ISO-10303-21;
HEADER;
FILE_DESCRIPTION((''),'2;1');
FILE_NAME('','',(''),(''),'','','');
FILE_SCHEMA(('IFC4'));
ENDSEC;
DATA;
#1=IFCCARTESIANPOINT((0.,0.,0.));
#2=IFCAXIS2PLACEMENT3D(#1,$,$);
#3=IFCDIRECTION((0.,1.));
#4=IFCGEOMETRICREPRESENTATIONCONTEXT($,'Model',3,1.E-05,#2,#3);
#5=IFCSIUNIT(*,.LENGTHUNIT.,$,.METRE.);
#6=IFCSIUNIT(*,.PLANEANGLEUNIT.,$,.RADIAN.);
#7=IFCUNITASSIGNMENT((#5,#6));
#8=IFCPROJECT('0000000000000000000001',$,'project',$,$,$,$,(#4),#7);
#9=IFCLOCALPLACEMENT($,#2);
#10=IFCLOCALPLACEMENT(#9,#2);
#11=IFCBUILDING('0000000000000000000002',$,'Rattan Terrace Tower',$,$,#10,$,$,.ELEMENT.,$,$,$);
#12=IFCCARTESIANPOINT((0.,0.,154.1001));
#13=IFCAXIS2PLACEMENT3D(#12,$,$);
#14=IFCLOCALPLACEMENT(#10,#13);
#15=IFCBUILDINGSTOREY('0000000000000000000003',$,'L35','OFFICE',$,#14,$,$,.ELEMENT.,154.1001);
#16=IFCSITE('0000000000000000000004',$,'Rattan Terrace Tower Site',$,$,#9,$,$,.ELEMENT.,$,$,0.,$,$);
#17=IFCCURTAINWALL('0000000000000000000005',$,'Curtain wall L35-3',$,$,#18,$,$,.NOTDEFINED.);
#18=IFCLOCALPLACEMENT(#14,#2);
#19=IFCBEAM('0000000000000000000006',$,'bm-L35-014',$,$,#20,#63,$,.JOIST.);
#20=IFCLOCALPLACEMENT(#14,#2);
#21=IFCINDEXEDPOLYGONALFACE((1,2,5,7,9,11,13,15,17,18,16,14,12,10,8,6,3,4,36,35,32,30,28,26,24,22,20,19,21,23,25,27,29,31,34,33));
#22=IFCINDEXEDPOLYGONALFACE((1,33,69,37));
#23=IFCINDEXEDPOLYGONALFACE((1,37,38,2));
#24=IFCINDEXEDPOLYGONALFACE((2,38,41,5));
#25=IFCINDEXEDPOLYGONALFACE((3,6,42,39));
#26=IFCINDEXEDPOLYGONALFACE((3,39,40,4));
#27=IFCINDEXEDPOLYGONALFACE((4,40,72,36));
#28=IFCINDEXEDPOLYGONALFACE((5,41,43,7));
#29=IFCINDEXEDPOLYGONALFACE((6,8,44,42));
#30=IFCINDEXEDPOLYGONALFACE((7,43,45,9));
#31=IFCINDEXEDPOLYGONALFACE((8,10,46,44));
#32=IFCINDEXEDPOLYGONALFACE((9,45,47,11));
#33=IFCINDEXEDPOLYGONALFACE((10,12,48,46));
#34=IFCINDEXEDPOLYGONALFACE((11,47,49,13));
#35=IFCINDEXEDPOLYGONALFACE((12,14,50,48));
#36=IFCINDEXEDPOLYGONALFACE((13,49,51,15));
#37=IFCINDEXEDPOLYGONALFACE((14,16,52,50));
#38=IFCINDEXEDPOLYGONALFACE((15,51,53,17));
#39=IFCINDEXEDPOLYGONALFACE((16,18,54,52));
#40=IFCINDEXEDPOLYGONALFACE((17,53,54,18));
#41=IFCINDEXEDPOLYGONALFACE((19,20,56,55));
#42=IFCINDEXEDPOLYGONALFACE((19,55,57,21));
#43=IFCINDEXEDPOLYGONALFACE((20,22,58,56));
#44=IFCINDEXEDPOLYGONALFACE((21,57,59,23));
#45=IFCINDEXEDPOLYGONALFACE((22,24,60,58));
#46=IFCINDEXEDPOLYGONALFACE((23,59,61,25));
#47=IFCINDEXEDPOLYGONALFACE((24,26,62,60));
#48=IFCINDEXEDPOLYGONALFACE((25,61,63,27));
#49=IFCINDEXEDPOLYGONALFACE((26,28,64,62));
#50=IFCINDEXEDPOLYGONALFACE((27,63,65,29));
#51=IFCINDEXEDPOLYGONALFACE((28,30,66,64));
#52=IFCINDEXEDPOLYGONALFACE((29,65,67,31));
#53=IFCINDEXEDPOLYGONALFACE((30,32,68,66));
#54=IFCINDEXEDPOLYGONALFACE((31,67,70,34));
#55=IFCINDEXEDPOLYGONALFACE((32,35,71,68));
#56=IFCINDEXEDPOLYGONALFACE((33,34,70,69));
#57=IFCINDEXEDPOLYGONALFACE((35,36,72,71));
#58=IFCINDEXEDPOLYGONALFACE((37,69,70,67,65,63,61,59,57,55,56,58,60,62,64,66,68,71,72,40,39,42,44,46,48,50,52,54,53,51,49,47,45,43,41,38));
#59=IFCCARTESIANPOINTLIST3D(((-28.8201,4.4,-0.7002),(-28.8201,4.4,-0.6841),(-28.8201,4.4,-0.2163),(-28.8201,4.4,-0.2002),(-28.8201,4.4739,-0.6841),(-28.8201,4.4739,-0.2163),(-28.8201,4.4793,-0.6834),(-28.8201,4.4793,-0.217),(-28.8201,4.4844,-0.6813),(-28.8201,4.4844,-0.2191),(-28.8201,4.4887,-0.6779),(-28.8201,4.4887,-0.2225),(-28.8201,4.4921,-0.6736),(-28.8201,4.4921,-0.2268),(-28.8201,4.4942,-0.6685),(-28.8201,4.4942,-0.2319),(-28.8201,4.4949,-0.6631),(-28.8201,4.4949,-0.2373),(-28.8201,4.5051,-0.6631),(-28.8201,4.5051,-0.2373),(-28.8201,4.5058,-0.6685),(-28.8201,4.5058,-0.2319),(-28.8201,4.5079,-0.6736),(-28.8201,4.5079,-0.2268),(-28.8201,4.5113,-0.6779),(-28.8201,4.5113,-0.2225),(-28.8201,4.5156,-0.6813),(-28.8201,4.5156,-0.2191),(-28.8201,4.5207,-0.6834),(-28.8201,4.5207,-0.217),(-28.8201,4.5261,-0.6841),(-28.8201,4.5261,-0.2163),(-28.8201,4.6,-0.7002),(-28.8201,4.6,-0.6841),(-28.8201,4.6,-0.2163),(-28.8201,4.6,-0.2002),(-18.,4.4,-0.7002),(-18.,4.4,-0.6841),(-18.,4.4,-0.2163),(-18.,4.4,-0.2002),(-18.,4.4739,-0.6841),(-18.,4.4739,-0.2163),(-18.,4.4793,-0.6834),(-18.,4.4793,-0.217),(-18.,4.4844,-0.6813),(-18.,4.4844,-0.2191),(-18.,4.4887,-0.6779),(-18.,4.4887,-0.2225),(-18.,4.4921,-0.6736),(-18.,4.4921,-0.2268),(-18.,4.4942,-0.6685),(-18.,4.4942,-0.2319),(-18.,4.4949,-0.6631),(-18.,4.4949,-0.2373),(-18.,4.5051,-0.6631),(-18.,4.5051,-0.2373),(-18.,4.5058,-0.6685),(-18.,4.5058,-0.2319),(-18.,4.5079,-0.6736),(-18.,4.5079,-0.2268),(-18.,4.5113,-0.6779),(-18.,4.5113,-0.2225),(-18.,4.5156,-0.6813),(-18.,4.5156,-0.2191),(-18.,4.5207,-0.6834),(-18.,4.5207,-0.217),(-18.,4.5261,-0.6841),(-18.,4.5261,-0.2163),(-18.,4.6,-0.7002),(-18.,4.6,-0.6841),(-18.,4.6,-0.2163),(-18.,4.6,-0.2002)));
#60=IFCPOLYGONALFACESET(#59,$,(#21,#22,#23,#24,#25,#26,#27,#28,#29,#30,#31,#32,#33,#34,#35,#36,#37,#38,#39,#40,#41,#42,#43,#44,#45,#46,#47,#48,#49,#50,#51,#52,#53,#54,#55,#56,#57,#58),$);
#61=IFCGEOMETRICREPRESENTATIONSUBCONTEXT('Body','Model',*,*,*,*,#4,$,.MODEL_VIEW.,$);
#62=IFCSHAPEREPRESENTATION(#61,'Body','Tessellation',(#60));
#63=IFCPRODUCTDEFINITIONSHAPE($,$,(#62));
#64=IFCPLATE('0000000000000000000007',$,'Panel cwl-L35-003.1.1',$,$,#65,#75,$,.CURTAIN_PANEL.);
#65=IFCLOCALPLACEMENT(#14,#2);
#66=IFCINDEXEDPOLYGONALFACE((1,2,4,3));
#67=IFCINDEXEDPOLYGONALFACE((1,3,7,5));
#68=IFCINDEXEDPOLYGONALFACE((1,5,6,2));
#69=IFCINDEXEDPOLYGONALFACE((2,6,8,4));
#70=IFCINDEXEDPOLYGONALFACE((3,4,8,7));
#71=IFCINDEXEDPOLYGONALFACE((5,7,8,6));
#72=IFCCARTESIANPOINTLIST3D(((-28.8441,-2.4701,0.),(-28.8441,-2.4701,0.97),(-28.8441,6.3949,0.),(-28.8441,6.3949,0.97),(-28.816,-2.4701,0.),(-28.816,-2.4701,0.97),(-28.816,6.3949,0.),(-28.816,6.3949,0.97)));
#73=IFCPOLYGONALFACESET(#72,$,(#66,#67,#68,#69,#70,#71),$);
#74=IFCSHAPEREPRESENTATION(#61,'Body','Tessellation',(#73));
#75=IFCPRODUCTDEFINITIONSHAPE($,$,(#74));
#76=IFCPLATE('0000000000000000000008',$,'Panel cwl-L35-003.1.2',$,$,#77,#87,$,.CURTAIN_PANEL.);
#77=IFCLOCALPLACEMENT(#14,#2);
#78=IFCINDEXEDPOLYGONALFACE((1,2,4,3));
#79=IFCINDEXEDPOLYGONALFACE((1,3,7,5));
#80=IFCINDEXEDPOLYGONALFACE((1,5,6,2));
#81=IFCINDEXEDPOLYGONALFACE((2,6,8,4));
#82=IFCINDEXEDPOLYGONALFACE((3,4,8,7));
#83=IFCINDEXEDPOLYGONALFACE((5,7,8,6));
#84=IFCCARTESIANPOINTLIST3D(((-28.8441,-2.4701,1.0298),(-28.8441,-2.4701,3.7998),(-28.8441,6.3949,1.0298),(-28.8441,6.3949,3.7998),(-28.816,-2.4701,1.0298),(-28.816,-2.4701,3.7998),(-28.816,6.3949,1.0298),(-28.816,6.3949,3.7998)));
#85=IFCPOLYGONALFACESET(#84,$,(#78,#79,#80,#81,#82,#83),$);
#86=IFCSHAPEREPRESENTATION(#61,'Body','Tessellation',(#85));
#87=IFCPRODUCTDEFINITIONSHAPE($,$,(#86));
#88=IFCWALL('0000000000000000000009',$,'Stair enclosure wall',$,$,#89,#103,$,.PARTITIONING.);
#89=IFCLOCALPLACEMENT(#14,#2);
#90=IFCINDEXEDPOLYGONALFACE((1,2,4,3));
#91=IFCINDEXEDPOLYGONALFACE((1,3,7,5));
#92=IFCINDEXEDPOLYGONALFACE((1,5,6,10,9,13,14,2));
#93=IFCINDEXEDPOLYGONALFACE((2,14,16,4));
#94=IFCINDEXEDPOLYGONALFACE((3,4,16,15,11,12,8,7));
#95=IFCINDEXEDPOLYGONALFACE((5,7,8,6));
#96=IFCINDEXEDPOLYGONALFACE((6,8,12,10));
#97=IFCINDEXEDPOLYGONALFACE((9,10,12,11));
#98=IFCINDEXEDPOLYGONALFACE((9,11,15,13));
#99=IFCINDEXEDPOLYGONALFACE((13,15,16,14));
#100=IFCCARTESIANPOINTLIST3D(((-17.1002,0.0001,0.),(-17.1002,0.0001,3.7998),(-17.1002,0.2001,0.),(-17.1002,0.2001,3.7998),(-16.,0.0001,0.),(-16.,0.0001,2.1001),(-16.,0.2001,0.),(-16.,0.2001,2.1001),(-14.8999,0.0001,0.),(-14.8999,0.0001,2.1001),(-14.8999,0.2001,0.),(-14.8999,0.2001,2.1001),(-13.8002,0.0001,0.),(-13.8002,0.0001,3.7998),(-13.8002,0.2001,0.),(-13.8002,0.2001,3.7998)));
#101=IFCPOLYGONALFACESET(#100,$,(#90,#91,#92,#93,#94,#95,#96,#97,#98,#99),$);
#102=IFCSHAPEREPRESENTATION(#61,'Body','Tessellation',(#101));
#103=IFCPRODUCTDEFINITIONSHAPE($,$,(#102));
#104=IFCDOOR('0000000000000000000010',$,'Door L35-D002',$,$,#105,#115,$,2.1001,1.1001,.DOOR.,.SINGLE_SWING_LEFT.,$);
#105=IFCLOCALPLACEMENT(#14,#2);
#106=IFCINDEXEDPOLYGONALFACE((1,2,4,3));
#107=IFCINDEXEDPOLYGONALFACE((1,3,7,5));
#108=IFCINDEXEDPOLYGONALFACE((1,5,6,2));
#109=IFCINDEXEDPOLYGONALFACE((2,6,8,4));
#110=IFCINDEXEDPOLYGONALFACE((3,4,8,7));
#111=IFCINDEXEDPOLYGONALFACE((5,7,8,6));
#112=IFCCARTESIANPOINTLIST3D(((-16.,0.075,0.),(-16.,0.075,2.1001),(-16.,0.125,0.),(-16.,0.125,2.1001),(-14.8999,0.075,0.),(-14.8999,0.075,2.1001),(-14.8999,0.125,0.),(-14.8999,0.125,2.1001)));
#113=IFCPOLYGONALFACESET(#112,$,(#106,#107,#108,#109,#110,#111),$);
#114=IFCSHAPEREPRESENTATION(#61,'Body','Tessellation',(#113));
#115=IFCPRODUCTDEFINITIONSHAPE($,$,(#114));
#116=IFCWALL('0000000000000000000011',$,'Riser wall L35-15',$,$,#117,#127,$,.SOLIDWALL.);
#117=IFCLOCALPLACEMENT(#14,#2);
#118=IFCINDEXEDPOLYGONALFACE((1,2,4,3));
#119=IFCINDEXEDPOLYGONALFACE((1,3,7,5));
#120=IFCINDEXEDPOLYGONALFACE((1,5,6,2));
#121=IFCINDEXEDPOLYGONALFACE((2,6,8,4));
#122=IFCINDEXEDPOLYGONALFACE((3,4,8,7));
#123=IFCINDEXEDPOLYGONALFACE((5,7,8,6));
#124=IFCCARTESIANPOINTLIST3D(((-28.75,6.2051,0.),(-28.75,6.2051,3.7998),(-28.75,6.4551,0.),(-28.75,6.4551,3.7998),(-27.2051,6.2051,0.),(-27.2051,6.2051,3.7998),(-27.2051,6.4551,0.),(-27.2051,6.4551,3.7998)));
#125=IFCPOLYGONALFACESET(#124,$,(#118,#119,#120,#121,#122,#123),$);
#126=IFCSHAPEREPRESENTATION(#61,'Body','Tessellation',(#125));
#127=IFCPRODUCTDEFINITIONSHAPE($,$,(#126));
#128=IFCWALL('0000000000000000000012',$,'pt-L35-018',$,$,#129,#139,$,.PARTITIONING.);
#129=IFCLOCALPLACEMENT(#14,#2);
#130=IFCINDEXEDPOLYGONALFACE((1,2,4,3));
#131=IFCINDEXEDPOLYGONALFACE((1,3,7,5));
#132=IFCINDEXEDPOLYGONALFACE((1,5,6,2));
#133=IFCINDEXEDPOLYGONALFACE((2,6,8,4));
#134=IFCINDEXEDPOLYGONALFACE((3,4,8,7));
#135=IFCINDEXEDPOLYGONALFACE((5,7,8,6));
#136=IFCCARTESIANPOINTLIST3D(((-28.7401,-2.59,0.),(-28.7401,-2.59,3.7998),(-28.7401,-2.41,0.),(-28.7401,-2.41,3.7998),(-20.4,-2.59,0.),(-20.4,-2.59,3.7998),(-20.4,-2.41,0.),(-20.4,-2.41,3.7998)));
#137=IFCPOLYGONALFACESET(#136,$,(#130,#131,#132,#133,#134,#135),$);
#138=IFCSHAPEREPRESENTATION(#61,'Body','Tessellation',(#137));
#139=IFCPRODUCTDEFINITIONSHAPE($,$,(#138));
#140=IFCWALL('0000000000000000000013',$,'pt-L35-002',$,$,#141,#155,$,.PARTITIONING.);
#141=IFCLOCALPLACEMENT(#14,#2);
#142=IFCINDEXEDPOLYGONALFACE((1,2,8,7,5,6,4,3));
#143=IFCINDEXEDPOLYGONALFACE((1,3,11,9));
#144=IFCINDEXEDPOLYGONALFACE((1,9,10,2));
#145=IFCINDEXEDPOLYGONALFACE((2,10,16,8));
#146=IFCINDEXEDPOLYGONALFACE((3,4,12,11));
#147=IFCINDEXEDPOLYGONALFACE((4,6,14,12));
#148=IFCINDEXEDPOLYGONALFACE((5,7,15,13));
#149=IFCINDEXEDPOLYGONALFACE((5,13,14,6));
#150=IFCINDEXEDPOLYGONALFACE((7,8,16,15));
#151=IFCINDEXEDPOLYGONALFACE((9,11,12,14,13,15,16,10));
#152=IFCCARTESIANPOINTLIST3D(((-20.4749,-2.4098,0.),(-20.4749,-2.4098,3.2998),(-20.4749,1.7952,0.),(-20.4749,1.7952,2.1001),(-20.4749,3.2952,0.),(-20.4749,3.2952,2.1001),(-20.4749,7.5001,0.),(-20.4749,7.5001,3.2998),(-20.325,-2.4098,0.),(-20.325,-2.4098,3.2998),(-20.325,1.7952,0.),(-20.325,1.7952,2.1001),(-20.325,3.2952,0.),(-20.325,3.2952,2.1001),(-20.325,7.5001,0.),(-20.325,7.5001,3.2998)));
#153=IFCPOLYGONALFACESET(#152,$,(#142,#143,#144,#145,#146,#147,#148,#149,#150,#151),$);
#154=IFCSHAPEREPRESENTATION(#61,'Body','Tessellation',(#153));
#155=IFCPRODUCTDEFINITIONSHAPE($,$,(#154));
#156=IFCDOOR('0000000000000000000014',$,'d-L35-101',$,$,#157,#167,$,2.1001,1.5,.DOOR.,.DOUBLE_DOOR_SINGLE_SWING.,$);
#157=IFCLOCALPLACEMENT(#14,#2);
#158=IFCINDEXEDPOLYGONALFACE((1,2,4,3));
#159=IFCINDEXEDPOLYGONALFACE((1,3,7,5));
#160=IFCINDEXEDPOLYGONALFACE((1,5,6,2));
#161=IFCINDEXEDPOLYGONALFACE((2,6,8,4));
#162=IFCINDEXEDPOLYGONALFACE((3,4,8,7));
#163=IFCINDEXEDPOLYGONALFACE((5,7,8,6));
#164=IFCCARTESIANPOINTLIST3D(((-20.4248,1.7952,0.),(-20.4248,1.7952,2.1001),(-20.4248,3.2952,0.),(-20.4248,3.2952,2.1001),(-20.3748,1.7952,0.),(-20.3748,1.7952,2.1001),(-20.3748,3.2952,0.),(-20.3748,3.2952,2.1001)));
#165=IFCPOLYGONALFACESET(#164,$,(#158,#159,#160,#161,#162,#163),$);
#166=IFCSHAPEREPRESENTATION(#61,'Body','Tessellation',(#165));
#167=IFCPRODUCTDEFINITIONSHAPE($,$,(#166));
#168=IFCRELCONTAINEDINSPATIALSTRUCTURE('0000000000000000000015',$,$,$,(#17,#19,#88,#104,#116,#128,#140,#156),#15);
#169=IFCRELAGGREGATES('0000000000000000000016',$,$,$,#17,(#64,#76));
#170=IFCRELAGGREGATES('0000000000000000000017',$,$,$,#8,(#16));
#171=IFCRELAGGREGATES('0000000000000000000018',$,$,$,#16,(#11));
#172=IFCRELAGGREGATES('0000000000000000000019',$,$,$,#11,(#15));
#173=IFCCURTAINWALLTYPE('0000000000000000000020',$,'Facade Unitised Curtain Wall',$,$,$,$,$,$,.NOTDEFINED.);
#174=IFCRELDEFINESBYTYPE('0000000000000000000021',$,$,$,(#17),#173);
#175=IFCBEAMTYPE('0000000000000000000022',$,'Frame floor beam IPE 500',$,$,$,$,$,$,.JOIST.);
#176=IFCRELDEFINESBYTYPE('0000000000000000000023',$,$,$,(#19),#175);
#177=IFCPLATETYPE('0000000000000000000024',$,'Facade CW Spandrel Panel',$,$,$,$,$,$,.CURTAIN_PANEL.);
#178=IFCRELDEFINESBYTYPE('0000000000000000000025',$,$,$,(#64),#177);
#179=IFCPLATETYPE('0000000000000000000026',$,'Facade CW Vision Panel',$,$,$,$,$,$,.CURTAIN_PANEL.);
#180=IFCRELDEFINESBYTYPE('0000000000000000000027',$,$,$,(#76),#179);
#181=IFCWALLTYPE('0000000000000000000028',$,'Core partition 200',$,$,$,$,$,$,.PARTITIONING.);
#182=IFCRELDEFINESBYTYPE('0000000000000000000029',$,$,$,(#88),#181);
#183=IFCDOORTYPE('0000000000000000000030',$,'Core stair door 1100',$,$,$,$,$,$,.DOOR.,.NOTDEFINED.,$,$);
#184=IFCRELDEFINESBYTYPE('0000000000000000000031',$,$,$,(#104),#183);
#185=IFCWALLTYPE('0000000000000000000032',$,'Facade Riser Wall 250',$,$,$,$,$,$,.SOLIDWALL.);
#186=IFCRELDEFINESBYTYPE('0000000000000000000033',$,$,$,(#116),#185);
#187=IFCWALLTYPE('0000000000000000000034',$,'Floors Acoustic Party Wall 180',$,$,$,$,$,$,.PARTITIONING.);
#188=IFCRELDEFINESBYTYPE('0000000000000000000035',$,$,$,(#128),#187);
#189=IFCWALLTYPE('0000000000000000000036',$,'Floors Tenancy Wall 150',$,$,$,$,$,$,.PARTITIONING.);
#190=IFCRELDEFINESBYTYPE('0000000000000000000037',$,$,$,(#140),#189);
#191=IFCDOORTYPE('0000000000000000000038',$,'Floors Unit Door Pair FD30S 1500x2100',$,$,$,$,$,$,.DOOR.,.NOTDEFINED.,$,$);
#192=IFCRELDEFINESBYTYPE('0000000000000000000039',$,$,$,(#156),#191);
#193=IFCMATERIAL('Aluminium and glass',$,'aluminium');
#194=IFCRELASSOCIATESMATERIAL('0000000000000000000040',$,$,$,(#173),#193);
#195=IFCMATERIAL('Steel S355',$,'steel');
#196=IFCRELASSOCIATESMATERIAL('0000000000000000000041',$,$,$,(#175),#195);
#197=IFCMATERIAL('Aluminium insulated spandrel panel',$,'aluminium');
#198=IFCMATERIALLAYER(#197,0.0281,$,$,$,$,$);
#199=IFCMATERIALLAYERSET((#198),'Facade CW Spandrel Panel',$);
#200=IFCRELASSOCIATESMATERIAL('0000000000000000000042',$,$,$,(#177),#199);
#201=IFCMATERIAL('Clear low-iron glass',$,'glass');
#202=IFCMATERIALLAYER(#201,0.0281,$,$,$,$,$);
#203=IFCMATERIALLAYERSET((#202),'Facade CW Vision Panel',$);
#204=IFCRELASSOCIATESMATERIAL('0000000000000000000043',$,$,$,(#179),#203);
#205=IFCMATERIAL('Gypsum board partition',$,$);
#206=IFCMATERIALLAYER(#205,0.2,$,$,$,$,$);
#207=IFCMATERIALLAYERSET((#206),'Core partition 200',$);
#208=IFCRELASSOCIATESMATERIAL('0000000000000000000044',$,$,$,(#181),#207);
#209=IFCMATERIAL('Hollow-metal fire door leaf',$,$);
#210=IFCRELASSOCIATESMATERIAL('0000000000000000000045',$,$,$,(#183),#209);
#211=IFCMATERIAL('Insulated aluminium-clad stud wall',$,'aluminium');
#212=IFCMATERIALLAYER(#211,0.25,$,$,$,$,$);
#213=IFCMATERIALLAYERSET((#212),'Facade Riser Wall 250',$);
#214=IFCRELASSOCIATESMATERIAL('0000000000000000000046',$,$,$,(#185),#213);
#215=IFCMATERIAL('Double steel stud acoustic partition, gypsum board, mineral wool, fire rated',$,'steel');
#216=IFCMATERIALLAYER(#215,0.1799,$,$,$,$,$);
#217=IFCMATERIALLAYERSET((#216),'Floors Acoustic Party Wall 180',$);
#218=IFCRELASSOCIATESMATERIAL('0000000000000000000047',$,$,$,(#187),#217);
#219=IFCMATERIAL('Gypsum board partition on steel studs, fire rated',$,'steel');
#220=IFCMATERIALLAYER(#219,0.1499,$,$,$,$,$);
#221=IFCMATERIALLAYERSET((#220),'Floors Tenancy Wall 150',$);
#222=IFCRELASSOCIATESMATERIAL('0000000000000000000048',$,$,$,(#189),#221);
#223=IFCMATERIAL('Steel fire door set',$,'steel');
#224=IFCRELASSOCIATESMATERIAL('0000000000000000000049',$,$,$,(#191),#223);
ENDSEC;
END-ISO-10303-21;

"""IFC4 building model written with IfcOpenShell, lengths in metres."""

from ifc_helpers import new_model, si_unit, direction, frame, frame_2d, origin, origin_2d, place, context, subcontext, project, spatial, rectangle, i_section, extrude, material, layer, layer_set, material_profile, profile_set, type_object, element, fill, aggregate, save


model = new_model("IFC4")

# Units and contexts
model_context = context("Model", 3, precision=1e-05, world=origin(), true_north=direction((0.0, 1.0)))
body_context = subcontext(model_context, "Body", "Model", "MODEL_VIEW")
ifc_project = project(units=[si_unit("LENGTHUNIT", "METRE"), si_unit("PLANEANGLEUNIT", "RADIAN")], contexts=[model_context])

# Site, building, storey
site_placement = place(None, origin())
site = spatial("IfcSite", under=ifc_project, at=site_placement, Name="Rattan Terrace Tower Site", CompositionType="ELEMENT", RefElevation=0.0)
building_placement = place(site_placement, origin())
building = spatial("IfcBuilding", under=site, at=building_placement, Name="Rattan Terrace Tower", CompositionType="ELEMENT")
storey_placement = place(building_placement, frame((0.0, 0.0, 154.1001)))
storey = spatial("IfcBuildingStorey", under=building, at=storey_placement, Name="L35", Description="OFFICE", CompositionType="ELEMENT", Elevation=154.1001)

# Curtain wall
ifc_material_1 = material(Name="Aluminium and glass", Category="aluminium")
curtain_wall_type = type_object("IfcCurtainWallType", Name="Facade Unitised Curtain Wall", PredefinedType="NOTDEFINED", material=ifc_material_1)
curtain_wall_placement = place(storey_placement, origin())
curtain_wall = element("IfcCurtainWall", 1, at=curtain_wall_placement, inside=storey, type_object=curtain_wall_type, Name="Curtain wall L35-3", PredefinedType="NOTDEFINED")

# Beam
ifc_material_2 = material(Name="Steel S355", Category="steel")
ifc_material_profile_1 = material_profile(ifc_material_2, i_section(OverallWidth=0.2, OverallDepth=0.5, WebThickness=0.0103, FlangeThickness=0.0161, FilletRadius=0.021, at=origin_2d()), Name="IPE 500")
ifc_profile_set_1 = profile_set([ifc_material_profile_1], Name="Steel S355")
beam_type_1 = type_object("IfcBeamType", Name="Frame floor beam IPE 500", PredefinedType="JOIST", material=ifc_profile_set_1)
for number, where, z_axis, x_axis, name in (
    (2, (-28.8201, 4.5, -0.4502), (1.0, 0.0, 0.0), (0.0, 1.0, 0.0), "bm-L35-014"),
):
    element("IfcBeam", number, at=place(storey_placement, frame(where, z_axis=z_axis, x_axis=x_axis)), inside=storey, type_object=beam_type_1, Name=name, PredefinedType="JOIST", context=body_context, shape_type="SweptSolid", body=[
        extrude(i_section(OverallWidth=0.2, OverallDepth=0.5, WebThickness=0.0103, FlangeThickness=0.0161, FilletRadius=0.021, at=origin_2d()), origin(), (0.0, 0.0, 1.0), 10.8201),
    ])

# Plates
ifc_material_3 = material(Name="Aluminium insulated spandrel panel", Category="aluminium")
ifc_layer_1 = layer(ifc_material_3, 0.0281)
ifc_layer_set_1 = layer_set([ifc_layer_1], Name="Facade CW Spandrel Panel")
plate_type_1 = type_object("IfcPlateType", Name="Facade CW Spandrel Panel", PredefinedType="CURTAIN_PANEL", material=ifc_layer_set_1)
plate_1_placement = place(storey_placement, frame((-28.8301, 1.9624, 0.0), z_axis=(0.0, 0.0, 1.0), x_axis=(0.0, -1.0, 0.0)))
plate_1 = element("IfcPlate", 3, at=plate_1_placement, type_object=plate_type_1, Name="Panel cwl-L35-003.1.1", PredefinedType="CURTAIN_PANEL", context=body_context, shape_type="SweptSolid", body=[
    extrude(rectangle(XDim=8.865, YDim=0.0281, at=origin_2d()), origin(), (0.0, 0.0, 1.0), 0.97),
])
ifc_material_4 = material(Name="Clear low-iron glass", Category="glass")
ifc_layer_2 = layer(ifc_material_4, 0.0281)
ifc_layer_set_2 = layer_set([ifc_layer_2], Name="Facade CW Vision Panel")
plate_type_2 = type_object("IfcPlateType", Name="Facade CW Vision Panel", PredefinedType="CURTAIN_PANEL", material=ifc_layer_set_2)
plate_2_placement = place(storey_placement, frame((-28.8301, 1.9624, 1.0298), z_axis=(0.0, 0.0, 1.0), x_axis=(0.0, -1.0, 0.0)))
plate_2 = element("IfcPlate", 4, at=plate_2_placement, type_object=plate_type_2, Name="Panel cwl-L35-003.1.2", PredefinedType="CURTAIN_PANEL", context=body_context, shape_type="SweptSolid", body=[
    extrude(rectangle(XDim=8.865, YDim=0.0281, at=origin_2d()), origin(), (0.0, 0.0, 1.0), 2.77),
])
aggregate(curtain_wall, [plate_1, plate_2])

# Wall, opening, door
ifc_material_5 = material(Name="Gypsum board partition")
ifc_layer_3 = layer(ifc_material_5, 0.2)
ifc_layer_set_3 = layer_set([ifc_layer_3], Name="Core partition 200")
wall_type_1 = type_object("IfcWallType", Name="Core partition 200", PredefinedType="PARTITIONING", material=ifc_layer_set_3)
wall_1_placement = place(storey_placement, frame((-17.1001, 0.1001, 0.0), z_axis=(0.0, 0.0, 1.0), x_axis=(1.0, 0.0, 0.0)))
wall_1 = element("IfcWall", 5, at=wall_1_placement, inside=storey, type_object=wall_type_1, Name="Stair enclosure wall", PredefinedType="PARTITIONING", context=body_context, shape_type="SweptSolid", body=[
    extrude(rectangle(XDim=3.3, YDim=0.2, at=frame_2d((1.6499, 0.0))), origin(), (0.0, 0.0, 1.0), 3.7998),
])
opening_1_placement = place(wall_1_placement, frame((1.1001, 0.0, 0.0)))
opening_1 = element("IfcOpeningElement", 6, at=opening_1_placement, cuts=wall_1, PredefinedType="OPENING", context=body_context, shape_type="SweptSolid", body=[
    extrude(rectangle(XDim=1.1001, YDim=2.1001, at=frame_2d((0.55, 1.05))), frame((0.0, 0.1106, 0.0), z_axis=(0.0, -1.0, 0.0), x_axis=(1.0, 0.0, 0.0)), (0.0, 0.0, 1.0), 0.2209),
])
ifc_material_6 = material(Name="Hollow-metal fire door leaf")
door_type_1 = type_object("IfcDoorType", Name="Core stair door 1100", OperationType="NOTDEFINED", PredefinedType="DOOR", material=ifc_material_6)
door_1_placement = place(opening_1_placement, origin())
door_1 = element("IfcDoor", 7, at=door_1_placement, inside=storey, type_object=door_type_1, Name="Door L35-D002", OperationType="SINGLE_SWING_LEFT", OverallHeight=2.1001, OverallWidth=1.1001, PredefinedType="DOOR", context=body_context, shape_type="SweptSolid", body=[
    extrude(rectangle(XDim=1.1001, YDim=2.1001, at=frame_2d((0.55, 1.05))), frame((0.0, 0.0249, 0.0), z_axis=(0.0, -1.0, 0.0), x_axis=(1.0, 0.0, 0.0)), (0.0, 0.0, 1.0), 0.05),
])
fill(opening_1, door_1)

# Walls
ifc_material_7 = material(Name="Insulated aluminium-clad stud wall", Category="aluminium")
ifc_layer_4 = layer(ifc_material_7, 0.25)
ifc_layer_set_4 = layer_set([ifc_layer_4], Name="Facade Riser Wall 250")
wall_type_2 = type_object("IfcWallType", Name="Facade Riser Wall 250", PredefinedType="SOLIDWALL", material=ifc_layer_set_4)
wall_2_placement = place(storey_placement, frame((-27.2051, 6.3301, 0.0), z_axis=(0.0, 0.0, 1.0), x_axis=(-1.0, 0.0, 0.0)))
element("IfcWall", 8, at=wall_2_placement, inside=storey, type_object=wall_type_2, Name="Riser wall L35-15", PredefinedType="SOLIDWALL", context=body_context, shape_type="SweptSolid", body=[
    extrude(rectangle(XDim=1.5449, YDim=0.25, at=frame_2d((0.7725, 0.0))), origin(), (0.0, 0.0, 1.0), 3.7998),
])
ifc_material_8 = material(Name="Double steel stud acoustic partition, gypsum board, mineral wool, fire rated", Category="steel")
ifc_layer_5 = layer(ifc_material_8, 0.1799)
ifc_layer_set_5 = layer_set([ifc_layer_5], Name="Floors Acoustic Party Wall 180")
wall_type_3 = type_object("IfcWallType", Name="Floors Acoustic Party Wall 180", PredefinedType="PARTITIONING", material=ifc_layer_set_5)
wall_3_placement = place(storey_placement, frame((-28.74, -2.5, 0.0), z_axis=(0.0, 0.0, 1.0), x_axis=(1.0, 0.0, 0.0)))
element("IfcWall", 9, at=wall_3_placement, inside=storey, type_object=wall_type_3, Name="pt-L35-018", PredefinedType="PARTITIONING", context=body_context, shape_type="SweptSolid", body=[
    extrude(rectangle(XDim=8.3401, YDim=0.1799, at=frame_2d((4.1699, 0.0))), origin(), (0.0, 0.0, 1.0), 3.7998),
])

# Wall, opening, door
ifc_material_9 = material(Name="Gypsum board partition on steel studs, fire rated", Category="steel")
ifc_layer_6 = layer(ifc_material_9, 0.1499)
ifc_layer_set_6 = layer_set([ifc_layer_6], Name="Floors Tenancy Wall 150")
wall_type_4 = type_object("IfcWallType", Name="Floors Tenancy Wall 150", PredefinedType="PARTITIONING", material=ifc_layer_set_6)
wall_4_placement = place(storey_placement, frame((-20.3999, -2.4099, 0.0), z_axis=(0.0, 0.0, 1.0), x_axis=(0.0, 1.0, 0.0)))
wall_4 = element("IfcWall", 10, at=wall_4_placement, inside=storey, type_object=wall_type_4, Name="pt-L35-002", PredefinedType="PARTITIONING", context=body_context, shape_type="SweptSolid", body=[
    extrude(rectangle(XDim=9.9099, YDim=0.1499, at=frame_2d((4.9551, 0.0))), origin(), (0.0, 0.0, 1.0), 3.2998),
])
opening_2_placement = place(wall_4_placement, frame((4.2051, 0.0, 0.0)))
opening_2 = element("IfcOpeningElement", 11, at=opening_2_placement, cuts=wall_4, PredefinedType="OPENING", context=body_context, shape_type="SweptSolid", body=[
    extrude(rectangle(XDim=1.5, YDim=2.1001, at=frame_2d((0.75, 1.05))), frame((0.0, 0.0854, 0.0), z_axis=(0.0, -1.0, 0.0), x_axis=(1.0, 0.0, 0.0)), (0.0, 0.0, 1.0), 0.1709),
])
ifc_material_10 = material(Name="Steel fire door set", Category="steel")
door_type_2 = type_object("IfcDoorType", Name="Floors Unit Door Pair FD30S 1500x2100", OperationType="NOTDEFINED", PredefinedType="DOOR", material=ifc_material_10)
door_2_placement = place(opening_2_placement, origin())
door_2 = element("IfcDoor", 12, at=door_2_placement, inside=storey, type_object=door_type_2, Name="d-L35-101", OperationType="DOUBLE_DOOR_SINGLE_SWING", OverallHeight=2.1001, OverallWidth=1.5, PredefinedType="DOOR", context=body_context, shape_type="SweptSolid", body=[
    extrude(rectangle(XDim=1.5, YDim=2.1001, at=frame_2d((0.75, 1.05))), frame((0.0, 0.0249, 0.0), z_axis=(0.0, -1.0, 0.0), x_axis=(1.0, 0.0, 0.0)), (0.0, 0.0, 1.0), 0.05),
])
fill(opening_2, door_2)

save(model, "model.ifc")
